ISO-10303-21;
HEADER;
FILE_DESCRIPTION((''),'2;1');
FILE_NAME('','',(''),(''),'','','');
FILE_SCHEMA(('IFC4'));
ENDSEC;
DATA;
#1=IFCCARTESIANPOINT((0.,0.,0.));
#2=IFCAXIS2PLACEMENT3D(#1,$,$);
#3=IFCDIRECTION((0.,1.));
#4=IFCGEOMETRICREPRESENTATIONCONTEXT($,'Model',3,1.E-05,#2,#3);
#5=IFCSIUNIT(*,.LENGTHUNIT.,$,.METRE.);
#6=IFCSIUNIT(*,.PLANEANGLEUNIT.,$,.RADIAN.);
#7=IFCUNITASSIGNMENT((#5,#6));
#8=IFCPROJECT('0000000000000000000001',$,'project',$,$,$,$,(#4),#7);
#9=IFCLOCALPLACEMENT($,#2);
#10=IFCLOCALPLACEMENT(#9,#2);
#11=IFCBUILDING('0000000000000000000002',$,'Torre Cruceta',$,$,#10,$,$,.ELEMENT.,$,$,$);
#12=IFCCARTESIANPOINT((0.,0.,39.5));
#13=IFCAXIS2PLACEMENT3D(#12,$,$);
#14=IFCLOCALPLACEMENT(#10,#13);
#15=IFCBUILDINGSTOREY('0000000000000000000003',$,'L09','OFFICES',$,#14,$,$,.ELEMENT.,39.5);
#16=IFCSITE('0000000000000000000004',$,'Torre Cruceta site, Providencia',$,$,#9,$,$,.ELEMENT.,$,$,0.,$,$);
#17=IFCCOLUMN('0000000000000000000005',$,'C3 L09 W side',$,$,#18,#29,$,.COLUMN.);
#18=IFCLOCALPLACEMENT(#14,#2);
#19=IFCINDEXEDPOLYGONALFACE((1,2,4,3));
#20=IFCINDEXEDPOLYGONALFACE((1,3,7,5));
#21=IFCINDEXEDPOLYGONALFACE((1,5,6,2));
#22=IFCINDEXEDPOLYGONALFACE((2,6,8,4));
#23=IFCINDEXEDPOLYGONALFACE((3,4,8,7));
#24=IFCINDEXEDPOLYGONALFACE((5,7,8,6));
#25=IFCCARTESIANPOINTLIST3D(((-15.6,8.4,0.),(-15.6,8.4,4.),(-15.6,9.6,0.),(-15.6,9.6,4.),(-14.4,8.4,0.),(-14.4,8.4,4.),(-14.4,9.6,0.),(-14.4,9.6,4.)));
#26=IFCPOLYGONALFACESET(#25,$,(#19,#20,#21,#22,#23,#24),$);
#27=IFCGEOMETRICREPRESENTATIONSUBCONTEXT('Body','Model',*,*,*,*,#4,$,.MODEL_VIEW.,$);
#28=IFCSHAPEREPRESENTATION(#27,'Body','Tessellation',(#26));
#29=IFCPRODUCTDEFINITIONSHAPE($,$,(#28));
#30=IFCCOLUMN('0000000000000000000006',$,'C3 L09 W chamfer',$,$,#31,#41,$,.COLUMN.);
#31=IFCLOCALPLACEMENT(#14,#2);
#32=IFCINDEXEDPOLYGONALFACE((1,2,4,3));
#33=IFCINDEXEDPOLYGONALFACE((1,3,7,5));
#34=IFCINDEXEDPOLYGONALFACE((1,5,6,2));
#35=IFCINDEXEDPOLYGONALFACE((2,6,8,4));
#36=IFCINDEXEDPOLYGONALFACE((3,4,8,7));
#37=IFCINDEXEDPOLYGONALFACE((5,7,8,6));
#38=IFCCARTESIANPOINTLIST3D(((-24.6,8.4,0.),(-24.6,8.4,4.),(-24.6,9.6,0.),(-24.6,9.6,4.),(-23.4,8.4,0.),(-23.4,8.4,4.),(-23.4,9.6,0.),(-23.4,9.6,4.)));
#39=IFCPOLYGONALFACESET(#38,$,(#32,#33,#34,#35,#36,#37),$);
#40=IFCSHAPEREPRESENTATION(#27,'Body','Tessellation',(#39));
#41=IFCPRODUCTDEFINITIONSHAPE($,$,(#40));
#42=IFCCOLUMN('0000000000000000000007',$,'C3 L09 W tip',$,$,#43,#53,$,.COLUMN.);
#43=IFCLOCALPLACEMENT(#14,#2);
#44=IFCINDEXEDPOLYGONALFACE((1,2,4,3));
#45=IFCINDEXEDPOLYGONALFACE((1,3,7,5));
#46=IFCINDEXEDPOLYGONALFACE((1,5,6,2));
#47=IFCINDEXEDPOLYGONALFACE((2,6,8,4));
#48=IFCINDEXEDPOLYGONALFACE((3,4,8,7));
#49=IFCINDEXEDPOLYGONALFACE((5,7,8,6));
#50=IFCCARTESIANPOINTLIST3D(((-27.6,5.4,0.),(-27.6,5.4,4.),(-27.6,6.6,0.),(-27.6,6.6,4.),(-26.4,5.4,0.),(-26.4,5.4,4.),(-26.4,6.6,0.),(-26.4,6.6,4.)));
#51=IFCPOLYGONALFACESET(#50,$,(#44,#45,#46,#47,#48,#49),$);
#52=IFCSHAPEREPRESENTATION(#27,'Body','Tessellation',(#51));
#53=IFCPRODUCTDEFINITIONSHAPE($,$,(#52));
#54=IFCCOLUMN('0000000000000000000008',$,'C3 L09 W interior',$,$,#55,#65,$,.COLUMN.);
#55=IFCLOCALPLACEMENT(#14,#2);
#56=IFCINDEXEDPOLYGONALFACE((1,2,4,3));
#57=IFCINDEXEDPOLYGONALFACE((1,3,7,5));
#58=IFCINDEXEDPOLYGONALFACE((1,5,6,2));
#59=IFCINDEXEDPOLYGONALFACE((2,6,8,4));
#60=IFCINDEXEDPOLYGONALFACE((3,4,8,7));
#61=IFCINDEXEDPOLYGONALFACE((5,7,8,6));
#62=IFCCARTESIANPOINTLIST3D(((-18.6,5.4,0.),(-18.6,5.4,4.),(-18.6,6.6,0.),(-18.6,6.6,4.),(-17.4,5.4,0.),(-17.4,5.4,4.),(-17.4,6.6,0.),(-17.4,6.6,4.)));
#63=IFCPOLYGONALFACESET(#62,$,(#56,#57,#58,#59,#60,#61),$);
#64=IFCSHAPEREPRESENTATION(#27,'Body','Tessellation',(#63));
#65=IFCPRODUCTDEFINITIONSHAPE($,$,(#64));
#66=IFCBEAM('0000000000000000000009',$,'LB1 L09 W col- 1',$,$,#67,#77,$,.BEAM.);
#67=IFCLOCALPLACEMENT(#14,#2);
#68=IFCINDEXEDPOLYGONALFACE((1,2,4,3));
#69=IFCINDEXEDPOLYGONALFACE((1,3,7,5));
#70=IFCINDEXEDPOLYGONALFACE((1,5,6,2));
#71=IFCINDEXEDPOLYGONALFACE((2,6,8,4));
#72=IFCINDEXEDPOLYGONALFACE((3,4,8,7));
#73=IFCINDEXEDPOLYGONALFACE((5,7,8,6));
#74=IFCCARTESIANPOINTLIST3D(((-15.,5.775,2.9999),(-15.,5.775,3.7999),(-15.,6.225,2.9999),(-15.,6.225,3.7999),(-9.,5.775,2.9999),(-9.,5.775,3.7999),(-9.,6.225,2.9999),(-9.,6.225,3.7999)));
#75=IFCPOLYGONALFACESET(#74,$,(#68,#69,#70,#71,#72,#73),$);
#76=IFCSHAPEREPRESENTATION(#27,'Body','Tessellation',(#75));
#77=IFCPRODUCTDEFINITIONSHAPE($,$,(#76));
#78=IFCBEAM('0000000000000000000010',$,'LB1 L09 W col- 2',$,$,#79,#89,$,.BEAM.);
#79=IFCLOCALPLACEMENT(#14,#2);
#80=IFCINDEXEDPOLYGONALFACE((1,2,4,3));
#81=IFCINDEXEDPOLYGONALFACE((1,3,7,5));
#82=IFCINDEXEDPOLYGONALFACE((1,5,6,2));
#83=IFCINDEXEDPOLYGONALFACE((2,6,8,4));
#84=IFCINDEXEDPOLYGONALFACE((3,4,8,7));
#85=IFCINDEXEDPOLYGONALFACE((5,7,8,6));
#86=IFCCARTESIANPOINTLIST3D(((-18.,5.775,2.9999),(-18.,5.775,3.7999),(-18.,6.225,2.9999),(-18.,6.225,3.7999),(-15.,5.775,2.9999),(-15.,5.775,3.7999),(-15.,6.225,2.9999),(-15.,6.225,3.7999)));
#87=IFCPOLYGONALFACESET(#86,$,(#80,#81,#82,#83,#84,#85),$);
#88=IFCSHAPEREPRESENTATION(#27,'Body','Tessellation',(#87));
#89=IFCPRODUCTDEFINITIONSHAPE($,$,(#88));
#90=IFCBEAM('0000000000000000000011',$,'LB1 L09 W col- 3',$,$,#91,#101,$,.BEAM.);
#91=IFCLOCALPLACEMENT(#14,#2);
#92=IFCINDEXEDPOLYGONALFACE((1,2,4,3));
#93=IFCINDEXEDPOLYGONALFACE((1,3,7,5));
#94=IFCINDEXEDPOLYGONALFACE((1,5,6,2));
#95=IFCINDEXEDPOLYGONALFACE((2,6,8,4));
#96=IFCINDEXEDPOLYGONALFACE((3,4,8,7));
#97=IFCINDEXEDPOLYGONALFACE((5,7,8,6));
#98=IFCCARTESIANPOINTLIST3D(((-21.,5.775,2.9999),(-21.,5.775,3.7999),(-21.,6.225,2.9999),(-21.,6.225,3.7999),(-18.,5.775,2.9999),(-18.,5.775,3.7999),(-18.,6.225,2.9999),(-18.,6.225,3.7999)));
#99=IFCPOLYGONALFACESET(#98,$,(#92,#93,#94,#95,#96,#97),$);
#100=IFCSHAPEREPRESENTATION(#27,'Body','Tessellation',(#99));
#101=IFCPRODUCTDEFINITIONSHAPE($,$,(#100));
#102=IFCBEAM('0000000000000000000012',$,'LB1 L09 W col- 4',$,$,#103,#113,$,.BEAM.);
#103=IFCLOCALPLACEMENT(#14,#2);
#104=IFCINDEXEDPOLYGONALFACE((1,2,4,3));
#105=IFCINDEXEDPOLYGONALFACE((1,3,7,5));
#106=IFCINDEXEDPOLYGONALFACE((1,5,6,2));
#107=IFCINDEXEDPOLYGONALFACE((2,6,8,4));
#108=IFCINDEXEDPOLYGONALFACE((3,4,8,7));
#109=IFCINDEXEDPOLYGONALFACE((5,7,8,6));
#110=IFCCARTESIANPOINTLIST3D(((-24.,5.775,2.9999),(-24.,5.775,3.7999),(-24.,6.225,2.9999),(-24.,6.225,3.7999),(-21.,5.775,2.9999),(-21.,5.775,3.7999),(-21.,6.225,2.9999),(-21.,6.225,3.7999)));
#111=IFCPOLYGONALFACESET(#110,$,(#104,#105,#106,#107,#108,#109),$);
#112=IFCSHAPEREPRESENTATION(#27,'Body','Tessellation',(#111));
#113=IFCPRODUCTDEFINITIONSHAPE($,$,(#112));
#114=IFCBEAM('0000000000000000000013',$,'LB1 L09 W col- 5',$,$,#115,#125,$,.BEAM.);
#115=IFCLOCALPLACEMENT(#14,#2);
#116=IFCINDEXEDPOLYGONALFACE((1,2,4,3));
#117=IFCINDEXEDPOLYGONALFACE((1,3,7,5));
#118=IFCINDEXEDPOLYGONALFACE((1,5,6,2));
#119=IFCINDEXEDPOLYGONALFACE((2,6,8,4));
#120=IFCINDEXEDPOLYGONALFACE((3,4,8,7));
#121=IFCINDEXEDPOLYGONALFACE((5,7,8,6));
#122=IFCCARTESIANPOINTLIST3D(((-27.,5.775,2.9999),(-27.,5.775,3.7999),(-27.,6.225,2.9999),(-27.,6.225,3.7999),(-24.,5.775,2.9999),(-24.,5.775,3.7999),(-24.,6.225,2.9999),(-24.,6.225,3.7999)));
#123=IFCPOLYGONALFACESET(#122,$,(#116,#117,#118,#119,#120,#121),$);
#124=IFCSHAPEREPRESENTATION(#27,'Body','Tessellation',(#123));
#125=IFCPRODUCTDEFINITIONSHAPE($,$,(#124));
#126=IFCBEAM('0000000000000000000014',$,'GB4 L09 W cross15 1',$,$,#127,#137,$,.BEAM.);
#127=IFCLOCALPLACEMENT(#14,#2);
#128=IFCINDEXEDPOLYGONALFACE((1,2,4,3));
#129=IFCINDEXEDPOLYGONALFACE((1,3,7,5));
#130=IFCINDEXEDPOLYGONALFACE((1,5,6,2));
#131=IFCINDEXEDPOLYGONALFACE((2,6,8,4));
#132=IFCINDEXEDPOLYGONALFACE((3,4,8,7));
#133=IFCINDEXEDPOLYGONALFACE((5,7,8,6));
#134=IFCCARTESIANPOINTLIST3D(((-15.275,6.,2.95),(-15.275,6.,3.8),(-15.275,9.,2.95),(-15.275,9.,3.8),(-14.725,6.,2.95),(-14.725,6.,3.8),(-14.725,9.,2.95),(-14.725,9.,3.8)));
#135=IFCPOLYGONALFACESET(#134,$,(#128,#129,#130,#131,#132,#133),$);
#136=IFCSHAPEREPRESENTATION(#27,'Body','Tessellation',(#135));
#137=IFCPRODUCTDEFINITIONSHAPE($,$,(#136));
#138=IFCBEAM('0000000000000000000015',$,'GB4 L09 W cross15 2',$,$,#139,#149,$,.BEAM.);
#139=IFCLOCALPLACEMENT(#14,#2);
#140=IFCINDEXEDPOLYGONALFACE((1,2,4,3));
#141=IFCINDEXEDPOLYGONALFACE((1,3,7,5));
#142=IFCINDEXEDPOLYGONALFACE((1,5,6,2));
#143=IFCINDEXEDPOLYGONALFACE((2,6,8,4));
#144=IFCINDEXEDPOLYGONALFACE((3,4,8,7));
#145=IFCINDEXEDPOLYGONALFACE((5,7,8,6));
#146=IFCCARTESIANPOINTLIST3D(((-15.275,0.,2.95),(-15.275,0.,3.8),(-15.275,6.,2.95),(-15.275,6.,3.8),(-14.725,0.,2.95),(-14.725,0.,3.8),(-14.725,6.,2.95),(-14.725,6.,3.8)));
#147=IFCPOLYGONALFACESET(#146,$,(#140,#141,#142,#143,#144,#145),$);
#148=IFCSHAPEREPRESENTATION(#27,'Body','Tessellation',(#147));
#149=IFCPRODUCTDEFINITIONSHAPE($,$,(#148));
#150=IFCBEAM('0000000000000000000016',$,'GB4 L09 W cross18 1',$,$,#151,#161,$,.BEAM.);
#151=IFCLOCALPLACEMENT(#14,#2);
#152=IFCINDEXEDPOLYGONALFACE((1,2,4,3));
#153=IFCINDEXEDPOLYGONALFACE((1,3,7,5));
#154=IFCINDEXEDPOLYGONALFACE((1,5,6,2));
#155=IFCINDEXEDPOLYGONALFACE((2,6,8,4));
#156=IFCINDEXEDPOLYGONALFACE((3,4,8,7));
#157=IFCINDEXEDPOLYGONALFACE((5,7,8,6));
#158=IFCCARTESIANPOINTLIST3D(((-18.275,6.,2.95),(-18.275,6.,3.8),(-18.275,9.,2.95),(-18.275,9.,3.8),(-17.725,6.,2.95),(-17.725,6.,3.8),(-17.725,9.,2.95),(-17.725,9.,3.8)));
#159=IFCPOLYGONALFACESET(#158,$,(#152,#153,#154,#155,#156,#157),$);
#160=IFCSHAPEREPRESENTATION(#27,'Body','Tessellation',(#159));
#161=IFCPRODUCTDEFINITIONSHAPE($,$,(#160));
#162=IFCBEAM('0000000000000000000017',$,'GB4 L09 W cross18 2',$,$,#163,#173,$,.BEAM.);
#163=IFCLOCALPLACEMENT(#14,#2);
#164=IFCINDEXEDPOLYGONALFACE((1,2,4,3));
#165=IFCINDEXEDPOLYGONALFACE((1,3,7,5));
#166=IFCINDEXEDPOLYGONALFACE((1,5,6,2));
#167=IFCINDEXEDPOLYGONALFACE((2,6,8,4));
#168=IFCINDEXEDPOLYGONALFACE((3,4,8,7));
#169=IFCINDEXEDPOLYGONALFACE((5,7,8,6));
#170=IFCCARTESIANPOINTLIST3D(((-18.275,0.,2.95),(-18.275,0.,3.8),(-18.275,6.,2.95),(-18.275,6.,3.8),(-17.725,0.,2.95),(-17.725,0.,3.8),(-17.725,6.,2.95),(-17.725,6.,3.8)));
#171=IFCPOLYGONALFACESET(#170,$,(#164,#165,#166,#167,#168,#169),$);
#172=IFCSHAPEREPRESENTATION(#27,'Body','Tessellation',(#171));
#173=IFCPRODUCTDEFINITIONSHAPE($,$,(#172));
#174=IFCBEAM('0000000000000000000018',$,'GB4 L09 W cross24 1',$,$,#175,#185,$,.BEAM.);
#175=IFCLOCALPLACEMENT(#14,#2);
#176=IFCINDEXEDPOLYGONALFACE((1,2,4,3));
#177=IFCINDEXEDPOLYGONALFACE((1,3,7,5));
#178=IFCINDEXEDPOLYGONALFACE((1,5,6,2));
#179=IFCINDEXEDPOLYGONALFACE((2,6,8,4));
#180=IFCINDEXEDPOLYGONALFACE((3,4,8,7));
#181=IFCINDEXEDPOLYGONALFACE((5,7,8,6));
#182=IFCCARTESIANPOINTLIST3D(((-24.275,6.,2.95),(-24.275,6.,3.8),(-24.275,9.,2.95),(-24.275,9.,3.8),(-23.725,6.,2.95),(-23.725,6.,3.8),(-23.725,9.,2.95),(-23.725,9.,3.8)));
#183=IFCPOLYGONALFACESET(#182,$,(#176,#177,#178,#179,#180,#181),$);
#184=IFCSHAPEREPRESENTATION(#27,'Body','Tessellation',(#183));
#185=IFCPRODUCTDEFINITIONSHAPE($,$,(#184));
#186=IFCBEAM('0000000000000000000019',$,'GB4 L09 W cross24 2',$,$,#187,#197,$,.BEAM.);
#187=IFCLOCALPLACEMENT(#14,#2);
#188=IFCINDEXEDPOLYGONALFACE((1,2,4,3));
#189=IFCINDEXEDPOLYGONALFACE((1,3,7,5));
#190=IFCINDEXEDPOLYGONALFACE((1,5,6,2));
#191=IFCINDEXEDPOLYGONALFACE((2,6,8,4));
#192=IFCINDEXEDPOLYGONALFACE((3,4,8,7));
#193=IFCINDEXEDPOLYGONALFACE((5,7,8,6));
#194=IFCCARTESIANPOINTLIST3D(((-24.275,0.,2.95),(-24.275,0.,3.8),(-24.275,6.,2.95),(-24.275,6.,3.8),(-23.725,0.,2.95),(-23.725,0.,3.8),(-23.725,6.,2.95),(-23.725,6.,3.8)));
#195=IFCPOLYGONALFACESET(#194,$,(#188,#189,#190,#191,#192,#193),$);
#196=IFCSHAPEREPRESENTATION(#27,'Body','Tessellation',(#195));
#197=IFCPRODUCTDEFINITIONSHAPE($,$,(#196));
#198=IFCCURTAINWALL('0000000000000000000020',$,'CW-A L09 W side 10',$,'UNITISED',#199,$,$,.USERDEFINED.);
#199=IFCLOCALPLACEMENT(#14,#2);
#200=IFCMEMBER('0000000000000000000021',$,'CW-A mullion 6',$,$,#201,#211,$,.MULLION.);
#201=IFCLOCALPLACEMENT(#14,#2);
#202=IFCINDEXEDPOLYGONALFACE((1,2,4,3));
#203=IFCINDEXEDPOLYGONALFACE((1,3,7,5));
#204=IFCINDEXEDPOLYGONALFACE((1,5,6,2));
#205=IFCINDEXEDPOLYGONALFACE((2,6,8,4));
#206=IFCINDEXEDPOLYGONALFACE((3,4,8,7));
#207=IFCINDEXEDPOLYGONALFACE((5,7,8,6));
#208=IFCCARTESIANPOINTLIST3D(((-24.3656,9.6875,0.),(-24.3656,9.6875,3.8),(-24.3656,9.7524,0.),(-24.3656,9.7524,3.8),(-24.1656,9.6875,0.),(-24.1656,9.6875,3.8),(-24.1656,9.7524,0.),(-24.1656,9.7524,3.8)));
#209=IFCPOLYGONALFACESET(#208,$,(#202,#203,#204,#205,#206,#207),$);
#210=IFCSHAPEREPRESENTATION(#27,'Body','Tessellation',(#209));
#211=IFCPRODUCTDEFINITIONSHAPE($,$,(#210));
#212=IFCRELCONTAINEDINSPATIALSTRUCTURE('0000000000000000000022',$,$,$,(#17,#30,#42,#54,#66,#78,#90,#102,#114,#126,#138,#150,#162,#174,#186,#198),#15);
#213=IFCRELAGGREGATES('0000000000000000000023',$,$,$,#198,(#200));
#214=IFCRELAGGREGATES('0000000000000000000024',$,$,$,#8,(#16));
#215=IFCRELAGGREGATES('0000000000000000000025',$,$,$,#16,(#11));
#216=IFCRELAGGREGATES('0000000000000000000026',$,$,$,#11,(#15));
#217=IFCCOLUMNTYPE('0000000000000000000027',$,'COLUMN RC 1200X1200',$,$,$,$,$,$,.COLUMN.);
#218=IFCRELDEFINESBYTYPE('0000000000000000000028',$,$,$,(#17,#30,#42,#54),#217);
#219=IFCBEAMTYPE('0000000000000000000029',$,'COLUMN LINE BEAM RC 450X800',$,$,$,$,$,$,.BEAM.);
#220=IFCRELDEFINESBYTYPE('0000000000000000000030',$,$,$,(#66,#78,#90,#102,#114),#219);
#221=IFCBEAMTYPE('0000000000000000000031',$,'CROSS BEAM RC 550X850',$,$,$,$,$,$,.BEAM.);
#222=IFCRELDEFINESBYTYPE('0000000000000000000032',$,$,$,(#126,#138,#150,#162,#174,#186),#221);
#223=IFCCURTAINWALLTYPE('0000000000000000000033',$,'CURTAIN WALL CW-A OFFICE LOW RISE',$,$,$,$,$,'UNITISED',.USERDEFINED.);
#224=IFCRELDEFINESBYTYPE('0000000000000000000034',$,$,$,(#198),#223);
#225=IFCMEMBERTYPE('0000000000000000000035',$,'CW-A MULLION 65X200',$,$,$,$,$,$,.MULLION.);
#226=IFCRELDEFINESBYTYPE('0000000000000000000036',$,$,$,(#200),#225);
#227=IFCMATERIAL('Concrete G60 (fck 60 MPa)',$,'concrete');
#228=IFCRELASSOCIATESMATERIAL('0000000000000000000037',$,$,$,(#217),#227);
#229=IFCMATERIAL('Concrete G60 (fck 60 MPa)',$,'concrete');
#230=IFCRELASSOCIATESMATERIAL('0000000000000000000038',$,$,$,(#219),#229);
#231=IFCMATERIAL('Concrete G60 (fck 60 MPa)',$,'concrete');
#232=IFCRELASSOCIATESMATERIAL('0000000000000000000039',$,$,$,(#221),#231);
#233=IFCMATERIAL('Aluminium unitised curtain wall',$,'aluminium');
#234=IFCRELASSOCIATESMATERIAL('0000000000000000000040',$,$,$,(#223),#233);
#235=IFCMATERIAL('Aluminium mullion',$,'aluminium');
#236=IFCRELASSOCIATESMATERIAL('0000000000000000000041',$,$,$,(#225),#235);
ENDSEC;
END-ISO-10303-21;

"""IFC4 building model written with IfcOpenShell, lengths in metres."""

from ifc_helpers import new_model, si_unit, direction, frame, origin, origin_2d, place, context, subcontext, project, spatial, rectangle, extrude, material, material_profile, profile_set, type_object, element, aggregate, save


model = new_model("IFC4")

# Units and contexts
model_context = context("Model", 3, precision=1e-05, world=origin(), true_north=direction((0.0, 1.0)))
body_context = subcontext(model_context, "Body", "Model", "MODEL_VIEW")
ifc_project = project(units=[si_unit("LENGTHUNIT", "METRE"), si_unit("PLANEANGLEUNIT", "RADIAN")], contexts=[model_context])

# Site, building, storey
site_placement = place(None, origin())
site = spatial("IfcSite", under=ifc_project, at=site_placement, Name="Torre Cruceta site, Providencia", CompositionType="ELEMENT", RefElevation=0.0)
building_placement = place(site_placement, origin())
building = spatial("IfcBuilding", under=site, at=building_placement, Name="Torre Cruceta", CompositionType="ELEMENT")
storey_placement = place(building_placement, frame((0.0, 0.0, 39.5)))
storey = spatial("IfcBuildingStorey", under=building, at=storey_placement, Name="L09", Description="OFFICES", CompositionType="ELEMENT", Elevation=39.5)

# Columns
ifc_material_1 = material(Name="Concrete G60 (fck 60 MPa)", Category="concrete")
ifc_material_profile_1 = material_profile(ifc_material_1, rectangle(XDim=1.2, YDim=1.2, at=origin_2d()), Name="RC 1200X1200")
ifc_profile_set_1 = profile_set([ifc_material_profile_1], Name="Concrete G60 (fck 60 MPa)")
column_type = type_object("IfcColumnType", Name="COLUMN RC 1200X1200", PredefinedType="COLUMN", material=ifc_profile_set_1)
for number, where, z_axis, x_axis, name in (
    (1, (-15.0, 9.0, 0.0), (0.0, 0.0, 1.0), (1.0, 0.0, 0.0), "C3 L09 W side"),
    (2, (-24.0, 9.0, 0.0), (0.0, 0.0, 1.0), (1.0, 0.0, 0.0), "C3 L09 W chamfer"),
    (3, (-27.0, 6.0, 0.0), (0.0, 0.0, 1.0), (1.0, 0.0, 0.0), "C3 L09 W tip"),
    (4, (-18.0, 6.0, 0.0), (0.0, 0.0, 1.0), (1.0, 0.0, 0.0), "C3 L09 W interior"),
):
    element("IfcColumn", number, at=place(storey_placement, frame(where, z_axis=z_axis, x_axis=x_axis)), inside=storey, type_object=column_type, Name=name, PredefinedType="COLUMN", context=body_context, shape_type="SweptSolid", body=[
        extrude(rectangle(XDim=1.2, YDim=1.2, at=origin_2d()), origin(), (0.0, 0.0, 1.0), 4.0),
    ])

# Beams
ifc_material_2 = material(Name="Concrete G60 (fck 60 MPa)", Category="concrete")
ifc_material_profile_2 = material_profile(ifc_material_2, rectangle(XDim=0.45, YDim=0.8, at=origin_2d()), Name="RC 450X800")
ifc_profile_set_2 = profile_set([ifc_material_profile_2], Name="Concrete G60 (fck 60 MPa)")
beam_type_1 = type_object("IfcBeamType", Name="COLUMN LINE BEAM RC 450X800", PredefinedType="BEAM", material=ifc_profile_set_2)
beam_1_placement = place(storey_placement, frame((-9.0, 6.0, 3.3999), z_axis=(-1.0, 0.0, 0.0), x_axis=(0.0, -1.0, 0.0)))
element("IfcBeam", 5, at=beam_1_placement, inside=storey, type_object=beam_type_1, Name="LB1 L09 W col- 1", PredefinedType="BEAM", context=body_context, shape_type="SweptSolid", body=[
    extrude(rectangle(XDim=0.45, YDim=0.8, at=origin_2d()), origin(), (0.0, 0.0, 1.0), 6.0),
])
for number, where, z_axis, x_axis, name in (
    (6, (-15.0, 6.0, 3.3999), (-1.0, 0.0, 0.0), (0.0, -1.0, 0.0), "LB1 L09 W col- 2"),
    (7, (-18.0, 6.0, 3.3999), (-1.0, 0.0, 0.0), (0.0, -1.0, 0.0), "LB1 L09 W col- 3"),
    (8, (-21.0, 6.0, 3.3999), (-1.0, 0.0, 0.0), (0.0, -1.0, 0.0), "LB1 L09 W col- 4"),
    (9, (-24.0, 6.0, 3.3999), (-1.0, 0.0, 0.0), (0.0, -1.0, 0.0), "LB1 L09 W col- 5"),
):
    element("IfcBeam", number, at=place(storey_placement, frame(where, z_axis=z_axis, x_axis=x_axis)), inside=storey, type_object=beam_type_1, Name=name, PredefinedType="BEAM", context=body_context, shape_type="SweptSolid", body=[
        extrude(rectangle(XDim=0.45, YDim=0.8, at=origin_2d()), origin(), (0.0, 0.0, 1.0), 3.0),
    ])
ifc_material_3 = material(Name="Concrete G60 (fck 60 MPa)", Category="concrete")
ifc_material_profile_3 = material_profile(ifc_material_3, rectangle(XDim=0.55, YDim=0.8501, at=origin_2d()), Name="RC 550X850")
ifc_profile_set_3 = profile_set([ifc_material_profile_3], Name="Concrete G60 (fck 60 MPa)")
beam_type_2 = type_object("IfcBeamType", Name="CROSS BEAM RC 550X850", PredefinedType="BEAM", material=ifc_profile_set_3)
beam_2_placement = place(storey_placement, frame((-15.0, 9.0, 3.375), z_axis=(0.0, -1.0, 0.0), x_axis=(1.0, 0.0, 0.0)))
element("IfcBeam", 10, at=beam_2_placement, inside=storey, type_object=beam_type_2, Name="GB4 L09 W cross15 1", PredefinedType="BEAM", context=body_context, shape_type="SweptSolid", body=[
    extrude(rectangle(XDim=0.55, YDim=0.8501, at=origin_2d()), origin(), (0.0, 0.0, 1.0), 3.0),
])
beam_3_placement = place(storey_placement, frame((-15.0, 6.0, 3.375), z_axis=(0.0, -1.0, 0.0), x_axis=(1.0, 0.0, 0.0)))
element("IfcBeam", 11, at=beam_3_placement, inside=storey, type_object=beam_type_2, Name="GB4 L09 W cross15 2", PredefinedType="BEAM", context=body_context, shape_type="SweptSolid", body=[
    extrude(rectangle(XDim=0.55, YDim=0.8501, at=origin_2d()), origin(), (0.0, 0.0, 1.0), 6.0),
])
beam_4_placement = place(storey_placement, frame((-18.0, 9.0, 3.375), z_axis=(0.0, -1.0, 0.0), x_axis=(1.0, 0.0, 0.0)))
element("IfcBeam", 12, at=beam_4_placement, inside=storey, type_object=beam_type_2, Name="GB4 L09 W cross18 1", PredefinedType="BEAM", context=body_context, shape_type="SweptSolid", body=[
    extrude(rectangle(XDim=0.55, YDim=0.8501, at=origin_2d()), origin(), (0.0, 0.0, 1.0), 3.0),
])
beam_5_placement = place(storey_placement, frame((-18.0, 6.0, 3.375), z_axis=(0.0, -1.0, 0.0), x_axis=(1.0, 0.0, 0.0)))
element("IfcBeam", 13, at=beam_5_placement, inside=storey, type_object=beam_type_2, Name="GB4 L09 W cross18 2", PredefinedType="BEAM", context=body_context, shape_type="SweptSolid", body=[
    extrude(rectangle(XDim=0.55, YDim=0.8501, at=origin_2d()), origin(), (0.0, 0.0, 1.0), 6.0),
])
beam_6_placement = place(storey_placement, frame((-24.0, 9.0, 3.375), z_axis=(0.0, -1.0, 0.0), x_axis=(1.0, 0.0, 0.0)))
element("IfcBeam", 14, at=beam_6_placement, inside=storey, type_object=beam_type_2, Name="GB4 L09 W cross24 1", PredefinedType="BEAM", context=body_context, shape_type="SweptSolid", body=[
    extrude(rectangle(XDim=0.55, YDim=0.8501, at=origin_2d()), origin(), (0.0, 0.0, 1.0), 3.0),
])
beam_7_placement = place(storey_placement, frame((-24.0, 6.0, 3.375), z_axis=(0.0, -1.0, 0.0), x_axis=(1.0, 0.0, 0.0)))
element("IfcBeam", 15, at=beam_7_placement, inside=storey, type_object=beam_type_2, Name="GB4 L09 W cross24 2", PredefinedType="BEAM", context=body_context, shape_type="SweptSolid", body=[
    extrude(rectangle(XDim=0.55, YDim=0.8501, at=origin_2d()), origin(), (0.0, 0.0, 1.0), 6.0),
])

# Curtain wall, member
ifc_material_4 = material(Name="Aluminium unitised curtain wall", Category="aluminium")
curtain_wall_type = type_object("IfcCurtainWallType", Name="CURTAIN WALL CW-A OFFICE LOW RISE", ElementType="UNITISED", PredefinedType="USERDEFINED", material=ifc_material_4)
curtain_wall_placement = place(storey_placement, origin())
curtain_wall = element("IfcCurtainWall", 16, at=curtain_wall_placement, inside=storey, type_object=curtain_wall_type, Name="CW-A L09 W side 10", ObjectType="UNITISED", PredefinedType="USERDEFINED")
ifc_material_5 = material(Name="Aluminium mullion", Category="aluminium")
ifc_material_profile_4 = material_profile(ifc_material_5, rectangle(XDim=0.0649, YDim=0.2, at=origin_2d()), Name="AL 65X200")
ifc_profile_set_4 = profile_set([ifc_material_profile_4], Name="Aluminium mullion")
member_type = type_object("IfcMemberType", Name="CW-A MULLION 65X200", PredefinedType="MULLION", material=ifc_profile_set_4)
member_placement = place(storey_placement, frame((-24.2656, 9.72, 0.0), z_axis=(0.0, 0.0, 1.0), x_axis=(0.0, -1.0, 0.0)))
member = element("IfcMember", 17, at=member_placement, type_object=member_type, Name="CW-A mullion 6", PredefinedType="MULLION", context=body_context, shape_type="SweptSolid", body=[
    extrude(rectangle(XDim=0.0649, YDim=0.2, at=origin_2d()), origin(), (0.0, 0.0, 1.0), 3.8),
])
aggregate(curtain_wall, [member])

save(model, "model.ifc")
